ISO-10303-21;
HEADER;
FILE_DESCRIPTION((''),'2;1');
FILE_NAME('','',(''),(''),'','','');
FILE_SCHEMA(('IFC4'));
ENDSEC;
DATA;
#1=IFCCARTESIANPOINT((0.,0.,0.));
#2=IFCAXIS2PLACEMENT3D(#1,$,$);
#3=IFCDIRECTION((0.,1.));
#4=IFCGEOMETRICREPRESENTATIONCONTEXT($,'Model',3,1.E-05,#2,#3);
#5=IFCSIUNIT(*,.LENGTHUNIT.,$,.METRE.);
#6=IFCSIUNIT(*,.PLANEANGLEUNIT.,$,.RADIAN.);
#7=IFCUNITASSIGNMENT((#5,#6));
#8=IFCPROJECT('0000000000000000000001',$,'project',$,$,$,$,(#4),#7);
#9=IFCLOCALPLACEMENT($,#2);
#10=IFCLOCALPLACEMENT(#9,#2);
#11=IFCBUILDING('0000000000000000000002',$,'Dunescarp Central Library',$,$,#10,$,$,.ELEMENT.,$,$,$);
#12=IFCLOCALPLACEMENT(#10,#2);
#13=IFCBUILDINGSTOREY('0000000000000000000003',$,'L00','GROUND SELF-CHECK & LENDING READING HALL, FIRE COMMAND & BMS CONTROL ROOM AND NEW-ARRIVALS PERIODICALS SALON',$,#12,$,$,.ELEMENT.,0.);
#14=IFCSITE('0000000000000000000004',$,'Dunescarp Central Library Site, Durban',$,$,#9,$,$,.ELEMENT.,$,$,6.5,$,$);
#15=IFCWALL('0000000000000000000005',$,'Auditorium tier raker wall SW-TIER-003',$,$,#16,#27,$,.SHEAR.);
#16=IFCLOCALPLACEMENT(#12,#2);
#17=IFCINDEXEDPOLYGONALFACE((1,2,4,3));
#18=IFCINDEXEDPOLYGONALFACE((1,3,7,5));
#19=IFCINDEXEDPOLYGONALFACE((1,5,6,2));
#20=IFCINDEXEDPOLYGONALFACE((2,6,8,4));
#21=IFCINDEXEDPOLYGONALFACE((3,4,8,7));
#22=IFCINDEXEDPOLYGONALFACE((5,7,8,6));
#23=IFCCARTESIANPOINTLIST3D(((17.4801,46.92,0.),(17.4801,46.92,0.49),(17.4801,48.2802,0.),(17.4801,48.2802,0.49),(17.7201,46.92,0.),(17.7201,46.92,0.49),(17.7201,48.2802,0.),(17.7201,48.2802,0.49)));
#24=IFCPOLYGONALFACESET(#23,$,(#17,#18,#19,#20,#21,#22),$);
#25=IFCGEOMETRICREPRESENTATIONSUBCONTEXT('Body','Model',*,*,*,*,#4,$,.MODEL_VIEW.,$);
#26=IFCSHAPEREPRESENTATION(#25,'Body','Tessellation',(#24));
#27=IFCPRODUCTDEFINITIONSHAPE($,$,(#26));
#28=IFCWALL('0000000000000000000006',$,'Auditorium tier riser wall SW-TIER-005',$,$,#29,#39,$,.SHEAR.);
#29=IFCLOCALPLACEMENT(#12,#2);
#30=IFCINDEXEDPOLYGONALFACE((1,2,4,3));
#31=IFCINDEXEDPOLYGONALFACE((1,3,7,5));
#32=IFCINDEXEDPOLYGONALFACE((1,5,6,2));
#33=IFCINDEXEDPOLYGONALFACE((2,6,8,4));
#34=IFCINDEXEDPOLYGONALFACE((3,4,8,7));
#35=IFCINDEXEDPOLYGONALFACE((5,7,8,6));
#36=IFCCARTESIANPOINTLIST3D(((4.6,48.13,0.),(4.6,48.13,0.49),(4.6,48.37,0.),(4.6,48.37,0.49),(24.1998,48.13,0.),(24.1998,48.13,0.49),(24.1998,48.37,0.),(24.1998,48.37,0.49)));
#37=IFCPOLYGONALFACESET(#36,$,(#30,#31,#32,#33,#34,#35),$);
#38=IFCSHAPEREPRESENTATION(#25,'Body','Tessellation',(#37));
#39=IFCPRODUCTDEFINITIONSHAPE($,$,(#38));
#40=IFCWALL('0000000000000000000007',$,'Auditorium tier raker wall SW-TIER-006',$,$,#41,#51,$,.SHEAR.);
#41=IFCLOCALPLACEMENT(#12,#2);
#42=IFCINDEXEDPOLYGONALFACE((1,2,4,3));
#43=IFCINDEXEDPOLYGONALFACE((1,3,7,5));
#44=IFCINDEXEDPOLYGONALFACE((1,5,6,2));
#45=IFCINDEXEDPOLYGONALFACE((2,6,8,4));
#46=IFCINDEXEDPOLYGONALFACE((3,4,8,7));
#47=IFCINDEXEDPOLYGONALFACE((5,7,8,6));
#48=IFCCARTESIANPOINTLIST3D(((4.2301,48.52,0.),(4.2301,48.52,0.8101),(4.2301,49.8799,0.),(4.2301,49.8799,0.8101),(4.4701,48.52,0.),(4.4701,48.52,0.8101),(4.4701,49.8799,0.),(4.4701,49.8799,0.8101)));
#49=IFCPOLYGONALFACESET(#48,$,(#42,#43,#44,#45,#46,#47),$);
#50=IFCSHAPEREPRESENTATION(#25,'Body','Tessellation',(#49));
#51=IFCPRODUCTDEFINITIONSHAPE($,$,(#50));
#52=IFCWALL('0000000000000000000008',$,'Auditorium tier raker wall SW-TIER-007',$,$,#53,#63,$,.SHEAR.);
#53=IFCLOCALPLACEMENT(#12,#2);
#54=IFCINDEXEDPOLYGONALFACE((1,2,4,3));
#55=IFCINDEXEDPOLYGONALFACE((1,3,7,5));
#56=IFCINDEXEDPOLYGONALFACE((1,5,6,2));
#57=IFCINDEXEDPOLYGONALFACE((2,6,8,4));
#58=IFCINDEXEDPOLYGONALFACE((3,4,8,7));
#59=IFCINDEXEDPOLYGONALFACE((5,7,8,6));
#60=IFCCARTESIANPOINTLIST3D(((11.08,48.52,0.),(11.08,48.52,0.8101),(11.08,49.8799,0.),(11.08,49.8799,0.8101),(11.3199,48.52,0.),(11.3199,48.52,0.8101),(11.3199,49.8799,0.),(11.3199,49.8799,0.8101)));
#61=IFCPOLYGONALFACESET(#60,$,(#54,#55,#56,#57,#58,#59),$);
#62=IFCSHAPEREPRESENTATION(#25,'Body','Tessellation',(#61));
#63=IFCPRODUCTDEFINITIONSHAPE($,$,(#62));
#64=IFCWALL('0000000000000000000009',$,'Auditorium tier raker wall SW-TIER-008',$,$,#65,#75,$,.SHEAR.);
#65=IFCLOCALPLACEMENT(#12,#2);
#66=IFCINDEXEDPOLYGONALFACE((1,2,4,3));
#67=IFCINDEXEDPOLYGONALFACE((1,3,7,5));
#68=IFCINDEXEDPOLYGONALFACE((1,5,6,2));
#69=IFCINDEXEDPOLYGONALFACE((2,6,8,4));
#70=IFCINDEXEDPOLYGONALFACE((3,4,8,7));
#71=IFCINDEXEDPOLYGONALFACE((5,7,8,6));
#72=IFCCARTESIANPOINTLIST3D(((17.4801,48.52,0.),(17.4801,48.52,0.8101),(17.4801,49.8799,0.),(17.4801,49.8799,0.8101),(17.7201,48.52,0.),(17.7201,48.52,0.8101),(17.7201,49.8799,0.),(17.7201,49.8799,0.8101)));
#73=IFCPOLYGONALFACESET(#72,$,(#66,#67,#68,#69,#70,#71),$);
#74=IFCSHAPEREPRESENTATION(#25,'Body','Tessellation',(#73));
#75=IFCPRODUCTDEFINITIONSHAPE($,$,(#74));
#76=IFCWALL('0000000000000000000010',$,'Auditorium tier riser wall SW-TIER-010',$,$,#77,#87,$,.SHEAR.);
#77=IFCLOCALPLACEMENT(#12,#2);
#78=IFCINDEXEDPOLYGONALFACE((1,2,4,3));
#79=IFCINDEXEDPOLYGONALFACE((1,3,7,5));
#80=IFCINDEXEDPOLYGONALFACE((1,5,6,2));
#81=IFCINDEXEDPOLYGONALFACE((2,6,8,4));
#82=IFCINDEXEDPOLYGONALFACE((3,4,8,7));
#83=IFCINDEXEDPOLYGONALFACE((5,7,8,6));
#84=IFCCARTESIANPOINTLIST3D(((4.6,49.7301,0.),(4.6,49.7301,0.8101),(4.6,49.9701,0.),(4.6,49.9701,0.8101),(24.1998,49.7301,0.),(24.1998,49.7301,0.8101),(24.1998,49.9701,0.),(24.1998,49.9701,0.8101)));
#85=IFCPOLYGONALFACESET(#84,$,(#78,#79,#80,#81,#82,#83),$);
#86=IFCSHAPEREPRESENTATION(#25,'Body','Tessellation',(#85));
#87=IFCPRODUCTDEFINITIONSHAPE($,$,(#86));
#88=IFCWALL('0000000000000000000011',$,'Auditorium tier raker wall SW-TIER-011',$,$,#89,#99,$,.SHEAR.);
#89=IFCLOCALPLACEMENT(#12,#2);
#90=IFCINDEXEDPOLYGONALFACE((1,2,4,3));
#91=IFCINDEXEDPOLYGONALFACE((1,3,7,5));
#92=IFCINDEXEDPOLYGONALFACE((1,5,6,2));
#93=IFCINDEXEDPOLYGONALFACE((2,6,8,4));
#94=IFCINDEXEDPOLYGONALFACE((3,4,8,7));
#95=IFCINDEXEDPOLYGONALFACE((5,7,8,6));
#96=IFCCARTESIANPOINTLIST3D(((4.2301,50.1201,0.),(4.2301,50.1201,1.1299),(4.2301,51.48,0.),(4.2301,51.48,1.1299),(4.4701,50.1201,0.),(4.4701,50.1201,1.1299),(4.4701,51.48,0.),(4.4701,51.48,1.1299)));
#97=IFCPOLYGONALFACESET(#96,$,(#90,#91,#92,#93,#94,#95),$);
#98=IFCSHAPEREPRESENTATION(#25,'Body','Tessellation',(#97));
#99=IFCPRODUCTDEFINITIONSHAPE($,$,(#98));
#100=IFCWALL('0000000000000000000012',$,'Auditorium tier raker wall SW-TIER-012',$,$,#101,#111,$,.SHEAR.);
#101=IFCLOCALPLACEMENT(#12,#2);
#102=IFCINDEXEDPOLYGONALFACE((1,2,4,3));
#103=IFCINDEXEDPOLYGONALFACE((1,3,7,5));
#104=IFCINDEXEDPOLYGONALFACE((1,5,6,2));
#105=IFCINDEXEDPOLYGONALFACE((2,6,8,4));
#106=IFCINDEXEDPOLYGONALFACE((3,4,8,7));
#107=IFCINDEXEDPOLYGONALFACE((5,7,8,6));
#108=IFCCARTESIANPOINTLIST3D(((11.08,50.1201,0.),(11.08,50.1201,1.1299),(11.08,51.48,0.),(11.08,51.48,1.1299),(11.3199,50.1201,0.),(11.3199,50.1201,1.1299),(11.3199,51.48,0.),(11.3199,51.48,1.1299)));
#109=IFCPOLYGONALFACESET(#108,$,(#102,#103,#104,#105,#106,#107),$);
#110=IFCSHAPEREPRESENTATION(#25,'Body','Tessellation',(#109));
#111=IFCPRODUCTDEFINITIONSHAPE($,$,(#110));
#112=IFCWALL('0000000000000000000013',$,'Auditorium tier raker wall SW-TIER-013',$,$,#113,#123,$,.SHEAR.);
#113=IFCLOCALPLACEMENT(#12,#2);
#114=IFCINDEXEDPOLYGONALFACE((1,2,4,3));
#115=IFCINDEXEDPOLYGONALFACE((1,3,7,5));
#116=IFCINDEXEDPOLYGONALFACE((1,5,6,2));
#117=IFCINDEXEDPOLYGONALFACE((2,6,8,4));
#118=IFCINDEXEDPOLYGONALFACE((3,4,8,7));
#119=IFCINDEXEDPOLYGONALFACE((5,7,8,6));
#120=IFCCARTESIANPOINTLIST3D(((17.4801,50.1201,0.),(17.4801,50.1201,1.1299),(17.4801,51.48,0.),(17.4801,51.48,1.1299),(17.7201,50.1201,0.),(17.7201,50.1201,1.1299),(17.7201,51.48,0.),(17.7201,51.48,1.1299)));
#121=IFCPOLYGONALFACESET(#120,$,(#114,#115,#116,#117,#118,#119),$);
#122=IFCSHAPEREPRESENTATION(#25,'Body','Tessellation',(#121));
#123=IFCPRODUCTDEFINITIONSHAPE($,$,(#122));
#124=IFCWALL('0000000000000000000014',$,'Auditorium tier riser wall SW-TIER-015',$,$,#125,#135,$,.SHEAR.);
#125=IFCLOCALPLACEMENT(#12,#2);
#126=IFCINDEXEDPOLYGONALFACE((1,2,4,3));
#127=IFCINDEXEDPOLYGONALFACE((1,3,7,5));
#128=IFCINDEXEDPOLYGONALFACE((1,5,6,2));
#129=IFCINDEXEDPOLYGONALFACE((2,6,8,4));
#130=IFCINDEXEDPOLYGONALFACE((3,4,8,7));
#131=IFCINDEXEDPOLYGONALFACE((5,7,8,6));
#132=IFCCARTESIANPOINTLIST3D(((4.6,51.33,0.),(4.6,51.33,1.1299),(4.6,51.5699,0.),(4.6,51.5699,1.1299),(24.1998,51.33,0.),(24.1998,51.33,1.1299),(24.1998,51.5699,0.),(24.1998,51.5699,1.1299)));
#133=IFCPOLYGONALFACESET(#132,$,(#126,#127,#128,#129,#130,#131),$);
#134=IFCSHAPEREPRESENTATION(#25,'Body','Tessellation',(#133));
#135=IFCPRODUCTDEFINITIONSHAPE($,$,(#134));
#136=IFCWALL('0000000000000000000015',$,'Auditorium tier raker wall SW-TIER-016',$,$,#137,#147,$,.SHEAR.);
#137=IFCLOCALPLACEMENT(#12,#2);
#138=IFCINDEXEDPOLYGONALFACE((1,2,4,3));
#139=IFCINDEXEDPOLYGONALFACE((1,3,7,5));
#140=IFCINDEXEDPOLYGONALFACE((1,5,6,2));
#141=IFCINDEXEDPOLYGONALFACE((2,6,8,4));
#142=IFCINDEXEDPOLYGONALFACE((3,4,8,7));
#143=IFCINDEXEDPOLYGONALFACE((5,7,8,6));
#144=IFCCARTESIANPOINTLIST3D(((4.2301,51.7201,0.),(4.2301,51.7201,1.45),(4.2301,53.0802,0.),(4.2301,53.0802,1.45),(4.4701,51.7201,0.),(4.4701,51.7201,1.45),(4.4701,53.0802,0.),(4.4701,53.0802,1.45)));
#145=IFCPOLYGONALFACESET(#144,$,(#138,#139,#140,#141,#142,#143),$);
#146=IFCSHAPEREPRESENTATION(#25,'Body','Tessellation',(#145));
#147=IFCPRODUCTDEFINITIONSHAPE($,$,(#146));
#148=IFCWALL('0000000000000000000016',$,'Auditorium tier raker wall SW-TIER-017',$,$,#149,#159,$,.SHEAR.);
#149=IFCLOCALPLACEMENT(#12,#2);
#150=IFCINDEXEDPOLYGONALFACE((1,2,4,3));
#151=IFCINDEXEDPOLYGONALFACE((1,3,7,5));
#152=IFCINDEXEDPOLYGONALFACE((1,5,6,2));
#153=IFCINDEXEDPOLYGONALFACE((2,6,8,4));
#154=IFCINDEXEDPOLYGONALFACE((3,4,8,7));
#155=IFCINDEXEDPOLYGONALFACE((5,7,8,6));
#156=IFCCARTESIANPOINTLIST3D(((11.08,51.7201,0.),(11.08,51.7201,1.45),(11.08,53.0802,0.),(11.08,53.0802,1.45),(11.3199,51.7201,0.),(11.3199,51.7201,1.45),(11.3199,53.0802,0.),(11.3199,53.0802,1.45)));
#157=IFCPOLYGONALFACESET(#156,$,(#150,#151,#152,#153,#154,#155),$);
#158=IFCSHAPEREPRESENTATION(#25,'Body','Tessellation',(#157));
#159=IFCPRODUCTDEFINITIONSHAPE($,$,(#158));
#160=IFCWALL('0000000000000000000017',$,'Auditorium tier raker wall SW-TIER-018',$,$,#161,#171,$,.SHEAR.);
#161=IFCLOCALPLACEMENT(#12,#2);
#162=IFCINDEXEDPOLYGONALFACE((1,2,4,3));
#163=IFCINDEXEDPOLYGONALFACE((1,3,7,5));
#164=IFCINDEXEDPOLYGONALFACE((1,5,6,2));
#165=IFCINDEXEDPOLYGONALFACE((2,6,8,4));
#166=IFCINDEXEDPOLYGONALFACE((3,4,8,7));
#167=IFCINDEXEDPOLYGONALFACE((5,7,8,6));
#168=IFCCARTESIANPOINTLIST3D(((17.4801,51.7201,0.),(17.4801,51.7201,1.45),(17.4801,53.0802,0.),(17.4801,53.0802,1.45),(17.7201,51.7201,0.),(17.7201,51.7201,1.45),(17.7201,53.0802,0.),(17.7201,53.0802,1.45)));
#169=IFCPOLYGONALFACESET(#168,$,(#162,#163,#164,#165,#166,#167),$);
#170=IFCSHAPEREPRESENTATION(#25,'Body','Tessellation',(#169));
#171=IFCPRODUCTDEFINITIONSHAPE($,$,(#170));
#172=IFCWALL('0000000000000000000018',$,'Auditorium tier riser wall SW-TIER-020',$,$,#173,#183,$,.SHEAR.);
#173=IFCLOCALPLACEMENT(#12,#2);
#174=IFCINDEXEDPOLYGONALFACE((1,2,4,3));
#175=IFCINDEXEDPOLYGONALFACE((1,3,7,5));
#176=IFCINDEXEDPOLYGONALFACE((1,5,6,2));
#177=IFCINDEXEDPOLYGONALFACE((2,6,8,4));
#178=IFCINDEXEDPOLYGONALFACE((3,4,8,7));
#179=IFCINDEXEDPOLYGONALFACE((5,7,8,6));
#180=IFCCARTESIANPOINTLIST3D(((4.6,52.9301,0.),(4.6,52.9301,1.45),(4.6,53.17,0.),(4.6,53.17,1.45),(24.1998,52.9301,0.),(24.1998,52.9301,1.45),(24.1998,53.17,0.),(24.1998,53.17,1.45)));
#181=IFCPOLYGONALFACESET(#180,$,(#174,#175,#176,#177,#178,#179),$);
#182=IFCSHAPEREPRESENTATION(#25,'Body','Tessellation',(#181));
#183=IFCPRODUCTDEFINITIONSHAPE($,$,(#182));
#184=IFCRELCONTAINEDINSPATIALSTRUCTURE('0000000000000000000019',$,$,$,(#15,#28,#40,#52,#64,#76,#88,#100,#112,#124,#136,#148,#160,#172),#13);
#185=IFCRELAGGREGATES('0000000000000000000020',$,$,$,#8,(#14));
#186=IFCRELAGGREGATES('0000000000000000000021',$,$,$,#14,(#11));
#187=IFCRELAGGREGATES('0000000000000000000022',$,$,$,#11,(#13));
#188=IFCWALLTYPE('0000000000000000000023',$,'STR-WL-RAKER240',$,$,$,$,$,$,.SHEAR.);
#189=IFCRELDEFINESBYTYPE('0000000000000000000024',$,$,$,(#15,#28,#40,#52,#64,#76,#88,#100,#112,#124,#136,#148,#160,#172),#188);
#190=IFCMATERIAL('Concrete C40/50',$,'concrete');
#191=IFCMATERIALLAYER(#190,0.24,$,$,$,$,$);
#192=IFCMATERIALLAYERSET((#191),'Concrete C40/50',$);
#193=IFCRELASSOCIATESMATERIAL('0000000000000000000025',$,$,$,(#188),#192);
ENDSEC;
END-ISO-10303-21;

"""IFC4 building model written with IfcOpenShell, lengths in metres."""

from ifc_helpers import new_model, si_unit, direction, frame, frame_2d, origin, place, context, subcontext, project, spatial, rectangle, extrude, material, layer, layer_set, type_object, element, save


model = new_model("IFC4")

# Units and contexts
model_context = context("Model", 3, precision=1e-05, world=origin(), true_north=direction((0.0, 1.0)))
body_context = subcontext(model_context, "Body", "Model", "MODEL_VIEW")
ifc_project = project(units=[si_unit("LENGTHUNIT", "METRE"), si_unit("PLANEANGLEUNIT", "RADIAN")], contexts=[model_context])

# Site, building, storey
site_placement = place(None, origin())
site = spatial("IfcSite", under=ifc_project, at=site_placement, Name="Dunescarp Central Library Site, Durban", CompositionType="ELEMENT", RefElevation=6.5)
building_placement = place(site_placement, origin())
building = spatial("IfcBuilding", under=site, at=building_placement, Name="Dunescarp Central Library", CompositionType="ELEMENT")
storey_placement = place(building_placement, origin())
storey = spatial("IfcBuildingStorey", under=building, at=storey_placement, Name="L00", Description="GROUND SELF-CHECK & LENDING READING HALL, FIRE COMMAND & BMS CONTROL ROOM AND NEW-ARRIVALS PERIODICALS SALON", CompositionType="ELEMENT", Elevation=0.0)

# Shared definitions
ifc_material_1 = material(Name="Concrete C40/50", Category="concrete")

# Walls
ifc_layer_1 = layer(ifc_material_1, 0.24)
ifc_layer_set_1 = layer_set([ifc_layer_1], Name="Concrete C40/50")
wall_type_1 = type_object("IfcWallType", Name="STR-WL-RAKER240", PredefinedType="SHEAR", material=ifc_layer_set_1)
for number, where, z_axis, x_axis, name in (
    (1, (17.6001, 46.9199, 0.0), (0.0, 0.0, 1.0), (0.0, 1.0, 0.0), "Auditorium tier raker wall SW-TIER-003"),
):
    element("IfcWall", number, at=place(storey_placement, frame(where, z_axis=z_axis, x_axis=x_axis)), inside=storey, type_object=wall_type_1, Name=name, PredefinedType="SHEAR", context=body_context, shape_type="SweptSolid", body=[
        extrude(rectangle(XDim=1.3601, YDim=0.24, at=frame_2d((0.6802, 0.0))), origin(), (0.0, 0.0, 1.0), 0.49),
    ])
wall_1_placement = place(storey_placement, frame((4.6001, 48.25, 0.0), z_axis=(0.0, 0.0, 1.0), x_axis=(1.0, 0.0, 0.0)))
element("IfcWall", 2, at=wall_1_placement, inside=storey, type_object=wall_type_1, Name="Auditorium tier riser wall SW-TIER-005", PredefinedType="SHEAR", context=body_context, shape_type="SweptSolid", body=[
    extrude(rectangle(XDim=19.5999, YDim=0.24, at=frame_2d((9.7998, 0.0))), origin(), (0.0, 0.0, 1.0), 0.49),
])
for number, where, z_axis, x_axis, name in (
    (3, (4.3501, 48.52, 0.0), (0.0, 0.0, 1.0), (0.0, 1.0, 0.0), "Auditorium tier raker wall SW-TIER-006"),
    (4, (11.2, 48.52, 0.0), (0.0, 0.0, 1.0), (0.0, 1.0, 0.0), "Auditorium tier raker wall SW-TIER-007"),
    (5, (17.6001, 48.52, 0.0), (0.0, 0.0, 1.0), (0.0, 1.0, 0.0), "Auditorium tier raker wall SW-TIER-008"),
):
    element("IfcWall", number, at=place(storey_placement, frame(where, z_axis=z_axis, x_axis=x_axis)), inside=storey, type_object=wall_type_1, Name=name, PredefinedType="SHEAR", context=body_context, shape_type="SweptSolid", body=[
        extrude(rectangle(XDim=1.3599, YDim=0.24, at=frame_2d((0.6799, 0.0))), origin(), (0.0, 0.0, 1.0), 0.8101),
    ])
wall_2_placement = place(storey_placement, frame((4.6001, 49.8501, 0.0), z_axis=(0.0, 0.0, 1.0), x_axis=(1.0, 0.0, 0.0)))
element("IfcWall", 6, at=wall_2_placement, inside=storey, type_object=wall_type_1, Name="Auditorium tier riser wall SW-TIER-010", PredefinedType="SHEAR", context=body_context, shape_type="SweptSolid", body=[
    extrude(rectangle(XDim=19.5999, YDim=0.24, at=frame_2d((9.7998, 0.0))), origin(), (0.0, 0.0, 1.0), 0.8101),
])
for number, where, z_axis, x_axis, name in (
    (7, (4.3501, 50.1201, 0.0), (0.0, 0.0, 1.0), (0.0, 1.0, 0.0), "Auditorium tier raker wall SW-TIER-011"),
    (8, (11.2, 50.1201, 0.0), (0.0, 0.0, 1.0), (0.0, 1.0, 0.0), "Auditorium tier raker wall SW-TIER-012"),
    (9, (17.6001, 50.1201, 0.0), (0.0, 0.0, 1.0), (0.0, 1.0, 0.0), "Auditorium tier raker wall SW-TIER-013"),
):
    element("IfcWall", number, at=place(storey_placement, frame(where, z_axis=z_axis, x_axis=x_axis)), inside=storey, type_object=wall_type_1, Name=name, PredefinedType="SHEAR", context=body_context, shape_type="SweptSolid", body=[
        extrude(rectangle(XDim=1.3599, YDim=0.24, at=frame_2d((0.6799, 0.0))), origin(), (0.0, 0.0, 1.0), 1.1299),
    ])
wall_3_placement = place(storey_placement, frame((4.6001, 51.45, 0.0), z_axis=(0.0, 0.0, 1.0), x_axis=(1.0, 0.0, 0.0)))
element("IfcWall", 10, at=wall_3_placement, inside=storey, type_object=wall_type_1, Name="Auditorium tier riser wall SW-TIER-015", PredefinedType="SHEAR", context=body_context, shape_type="SweptSolid", body=[
    extrude(rectangle(XDim=19.5999, YDim=0.24, at=frame_2d((9.7998, 0.0))), origin(), (0.0, 0.0, 1.0), 1.1299),
])
for number, where, z_axis, x_axis, name in (
    (11, (4.3501, 51.72, 0.0), (0.0, 0.0, 1.0), (0.0, 1.0, 0.0), "Auditorium tier raker wall SW-TIER-016"),
    (12, (11.2, 51.72, 0.0), (0.0, 0.0, 1.0), (0.0, 1.0, 0.0), "Auditorium tier raker wall SW-TIER-017"),
    (13, (17.6001, 51.72, 0.0), (0.0, 0.0, 1.0), (0.0, 1.0, 0.0), "Auditorium tier raker wall SW-TIER-018"),
):
    element("IfcWall", number, at=place(storey_placement, frame(where, z_axis=z_axis, x_axis=x_axis)), inside=storey, type_object=wall_type_1, Name=name, PredefinedType="SHEAR", context=body_context, shape_type="SweptSolid", body=[
        extrude(rectangle(XDim=1.3601, YDim=0.24, at=frame_2d((0.6802, 0.0))), origin(), (0.0, 0.0, 1.0), 1.45),
    ])
wall_4_placement = place(storey_placement, frame((4.6001, 53.05, 0.0), z_axis=(0.0, 0.0, 1.0), x_axis=(1.0, 0.0, 0.0)))
element("IfcWall", 14, at=wall_4_placement, inside=storey, type_object=wall_type_1, Name="Auditorium tier riser wall SW-TIER-020", PredefinedType="SHEAR", context=body_context, shape_type="SweptSolid", body=[
    extrude(rectangle(XDim=19.5999, YDim=0.24, at=frame_2d((9.7998, 0.0))), origin(), (0.0, 0.0, 1.0), 1.45),
])

save(model, "model.ifc")
